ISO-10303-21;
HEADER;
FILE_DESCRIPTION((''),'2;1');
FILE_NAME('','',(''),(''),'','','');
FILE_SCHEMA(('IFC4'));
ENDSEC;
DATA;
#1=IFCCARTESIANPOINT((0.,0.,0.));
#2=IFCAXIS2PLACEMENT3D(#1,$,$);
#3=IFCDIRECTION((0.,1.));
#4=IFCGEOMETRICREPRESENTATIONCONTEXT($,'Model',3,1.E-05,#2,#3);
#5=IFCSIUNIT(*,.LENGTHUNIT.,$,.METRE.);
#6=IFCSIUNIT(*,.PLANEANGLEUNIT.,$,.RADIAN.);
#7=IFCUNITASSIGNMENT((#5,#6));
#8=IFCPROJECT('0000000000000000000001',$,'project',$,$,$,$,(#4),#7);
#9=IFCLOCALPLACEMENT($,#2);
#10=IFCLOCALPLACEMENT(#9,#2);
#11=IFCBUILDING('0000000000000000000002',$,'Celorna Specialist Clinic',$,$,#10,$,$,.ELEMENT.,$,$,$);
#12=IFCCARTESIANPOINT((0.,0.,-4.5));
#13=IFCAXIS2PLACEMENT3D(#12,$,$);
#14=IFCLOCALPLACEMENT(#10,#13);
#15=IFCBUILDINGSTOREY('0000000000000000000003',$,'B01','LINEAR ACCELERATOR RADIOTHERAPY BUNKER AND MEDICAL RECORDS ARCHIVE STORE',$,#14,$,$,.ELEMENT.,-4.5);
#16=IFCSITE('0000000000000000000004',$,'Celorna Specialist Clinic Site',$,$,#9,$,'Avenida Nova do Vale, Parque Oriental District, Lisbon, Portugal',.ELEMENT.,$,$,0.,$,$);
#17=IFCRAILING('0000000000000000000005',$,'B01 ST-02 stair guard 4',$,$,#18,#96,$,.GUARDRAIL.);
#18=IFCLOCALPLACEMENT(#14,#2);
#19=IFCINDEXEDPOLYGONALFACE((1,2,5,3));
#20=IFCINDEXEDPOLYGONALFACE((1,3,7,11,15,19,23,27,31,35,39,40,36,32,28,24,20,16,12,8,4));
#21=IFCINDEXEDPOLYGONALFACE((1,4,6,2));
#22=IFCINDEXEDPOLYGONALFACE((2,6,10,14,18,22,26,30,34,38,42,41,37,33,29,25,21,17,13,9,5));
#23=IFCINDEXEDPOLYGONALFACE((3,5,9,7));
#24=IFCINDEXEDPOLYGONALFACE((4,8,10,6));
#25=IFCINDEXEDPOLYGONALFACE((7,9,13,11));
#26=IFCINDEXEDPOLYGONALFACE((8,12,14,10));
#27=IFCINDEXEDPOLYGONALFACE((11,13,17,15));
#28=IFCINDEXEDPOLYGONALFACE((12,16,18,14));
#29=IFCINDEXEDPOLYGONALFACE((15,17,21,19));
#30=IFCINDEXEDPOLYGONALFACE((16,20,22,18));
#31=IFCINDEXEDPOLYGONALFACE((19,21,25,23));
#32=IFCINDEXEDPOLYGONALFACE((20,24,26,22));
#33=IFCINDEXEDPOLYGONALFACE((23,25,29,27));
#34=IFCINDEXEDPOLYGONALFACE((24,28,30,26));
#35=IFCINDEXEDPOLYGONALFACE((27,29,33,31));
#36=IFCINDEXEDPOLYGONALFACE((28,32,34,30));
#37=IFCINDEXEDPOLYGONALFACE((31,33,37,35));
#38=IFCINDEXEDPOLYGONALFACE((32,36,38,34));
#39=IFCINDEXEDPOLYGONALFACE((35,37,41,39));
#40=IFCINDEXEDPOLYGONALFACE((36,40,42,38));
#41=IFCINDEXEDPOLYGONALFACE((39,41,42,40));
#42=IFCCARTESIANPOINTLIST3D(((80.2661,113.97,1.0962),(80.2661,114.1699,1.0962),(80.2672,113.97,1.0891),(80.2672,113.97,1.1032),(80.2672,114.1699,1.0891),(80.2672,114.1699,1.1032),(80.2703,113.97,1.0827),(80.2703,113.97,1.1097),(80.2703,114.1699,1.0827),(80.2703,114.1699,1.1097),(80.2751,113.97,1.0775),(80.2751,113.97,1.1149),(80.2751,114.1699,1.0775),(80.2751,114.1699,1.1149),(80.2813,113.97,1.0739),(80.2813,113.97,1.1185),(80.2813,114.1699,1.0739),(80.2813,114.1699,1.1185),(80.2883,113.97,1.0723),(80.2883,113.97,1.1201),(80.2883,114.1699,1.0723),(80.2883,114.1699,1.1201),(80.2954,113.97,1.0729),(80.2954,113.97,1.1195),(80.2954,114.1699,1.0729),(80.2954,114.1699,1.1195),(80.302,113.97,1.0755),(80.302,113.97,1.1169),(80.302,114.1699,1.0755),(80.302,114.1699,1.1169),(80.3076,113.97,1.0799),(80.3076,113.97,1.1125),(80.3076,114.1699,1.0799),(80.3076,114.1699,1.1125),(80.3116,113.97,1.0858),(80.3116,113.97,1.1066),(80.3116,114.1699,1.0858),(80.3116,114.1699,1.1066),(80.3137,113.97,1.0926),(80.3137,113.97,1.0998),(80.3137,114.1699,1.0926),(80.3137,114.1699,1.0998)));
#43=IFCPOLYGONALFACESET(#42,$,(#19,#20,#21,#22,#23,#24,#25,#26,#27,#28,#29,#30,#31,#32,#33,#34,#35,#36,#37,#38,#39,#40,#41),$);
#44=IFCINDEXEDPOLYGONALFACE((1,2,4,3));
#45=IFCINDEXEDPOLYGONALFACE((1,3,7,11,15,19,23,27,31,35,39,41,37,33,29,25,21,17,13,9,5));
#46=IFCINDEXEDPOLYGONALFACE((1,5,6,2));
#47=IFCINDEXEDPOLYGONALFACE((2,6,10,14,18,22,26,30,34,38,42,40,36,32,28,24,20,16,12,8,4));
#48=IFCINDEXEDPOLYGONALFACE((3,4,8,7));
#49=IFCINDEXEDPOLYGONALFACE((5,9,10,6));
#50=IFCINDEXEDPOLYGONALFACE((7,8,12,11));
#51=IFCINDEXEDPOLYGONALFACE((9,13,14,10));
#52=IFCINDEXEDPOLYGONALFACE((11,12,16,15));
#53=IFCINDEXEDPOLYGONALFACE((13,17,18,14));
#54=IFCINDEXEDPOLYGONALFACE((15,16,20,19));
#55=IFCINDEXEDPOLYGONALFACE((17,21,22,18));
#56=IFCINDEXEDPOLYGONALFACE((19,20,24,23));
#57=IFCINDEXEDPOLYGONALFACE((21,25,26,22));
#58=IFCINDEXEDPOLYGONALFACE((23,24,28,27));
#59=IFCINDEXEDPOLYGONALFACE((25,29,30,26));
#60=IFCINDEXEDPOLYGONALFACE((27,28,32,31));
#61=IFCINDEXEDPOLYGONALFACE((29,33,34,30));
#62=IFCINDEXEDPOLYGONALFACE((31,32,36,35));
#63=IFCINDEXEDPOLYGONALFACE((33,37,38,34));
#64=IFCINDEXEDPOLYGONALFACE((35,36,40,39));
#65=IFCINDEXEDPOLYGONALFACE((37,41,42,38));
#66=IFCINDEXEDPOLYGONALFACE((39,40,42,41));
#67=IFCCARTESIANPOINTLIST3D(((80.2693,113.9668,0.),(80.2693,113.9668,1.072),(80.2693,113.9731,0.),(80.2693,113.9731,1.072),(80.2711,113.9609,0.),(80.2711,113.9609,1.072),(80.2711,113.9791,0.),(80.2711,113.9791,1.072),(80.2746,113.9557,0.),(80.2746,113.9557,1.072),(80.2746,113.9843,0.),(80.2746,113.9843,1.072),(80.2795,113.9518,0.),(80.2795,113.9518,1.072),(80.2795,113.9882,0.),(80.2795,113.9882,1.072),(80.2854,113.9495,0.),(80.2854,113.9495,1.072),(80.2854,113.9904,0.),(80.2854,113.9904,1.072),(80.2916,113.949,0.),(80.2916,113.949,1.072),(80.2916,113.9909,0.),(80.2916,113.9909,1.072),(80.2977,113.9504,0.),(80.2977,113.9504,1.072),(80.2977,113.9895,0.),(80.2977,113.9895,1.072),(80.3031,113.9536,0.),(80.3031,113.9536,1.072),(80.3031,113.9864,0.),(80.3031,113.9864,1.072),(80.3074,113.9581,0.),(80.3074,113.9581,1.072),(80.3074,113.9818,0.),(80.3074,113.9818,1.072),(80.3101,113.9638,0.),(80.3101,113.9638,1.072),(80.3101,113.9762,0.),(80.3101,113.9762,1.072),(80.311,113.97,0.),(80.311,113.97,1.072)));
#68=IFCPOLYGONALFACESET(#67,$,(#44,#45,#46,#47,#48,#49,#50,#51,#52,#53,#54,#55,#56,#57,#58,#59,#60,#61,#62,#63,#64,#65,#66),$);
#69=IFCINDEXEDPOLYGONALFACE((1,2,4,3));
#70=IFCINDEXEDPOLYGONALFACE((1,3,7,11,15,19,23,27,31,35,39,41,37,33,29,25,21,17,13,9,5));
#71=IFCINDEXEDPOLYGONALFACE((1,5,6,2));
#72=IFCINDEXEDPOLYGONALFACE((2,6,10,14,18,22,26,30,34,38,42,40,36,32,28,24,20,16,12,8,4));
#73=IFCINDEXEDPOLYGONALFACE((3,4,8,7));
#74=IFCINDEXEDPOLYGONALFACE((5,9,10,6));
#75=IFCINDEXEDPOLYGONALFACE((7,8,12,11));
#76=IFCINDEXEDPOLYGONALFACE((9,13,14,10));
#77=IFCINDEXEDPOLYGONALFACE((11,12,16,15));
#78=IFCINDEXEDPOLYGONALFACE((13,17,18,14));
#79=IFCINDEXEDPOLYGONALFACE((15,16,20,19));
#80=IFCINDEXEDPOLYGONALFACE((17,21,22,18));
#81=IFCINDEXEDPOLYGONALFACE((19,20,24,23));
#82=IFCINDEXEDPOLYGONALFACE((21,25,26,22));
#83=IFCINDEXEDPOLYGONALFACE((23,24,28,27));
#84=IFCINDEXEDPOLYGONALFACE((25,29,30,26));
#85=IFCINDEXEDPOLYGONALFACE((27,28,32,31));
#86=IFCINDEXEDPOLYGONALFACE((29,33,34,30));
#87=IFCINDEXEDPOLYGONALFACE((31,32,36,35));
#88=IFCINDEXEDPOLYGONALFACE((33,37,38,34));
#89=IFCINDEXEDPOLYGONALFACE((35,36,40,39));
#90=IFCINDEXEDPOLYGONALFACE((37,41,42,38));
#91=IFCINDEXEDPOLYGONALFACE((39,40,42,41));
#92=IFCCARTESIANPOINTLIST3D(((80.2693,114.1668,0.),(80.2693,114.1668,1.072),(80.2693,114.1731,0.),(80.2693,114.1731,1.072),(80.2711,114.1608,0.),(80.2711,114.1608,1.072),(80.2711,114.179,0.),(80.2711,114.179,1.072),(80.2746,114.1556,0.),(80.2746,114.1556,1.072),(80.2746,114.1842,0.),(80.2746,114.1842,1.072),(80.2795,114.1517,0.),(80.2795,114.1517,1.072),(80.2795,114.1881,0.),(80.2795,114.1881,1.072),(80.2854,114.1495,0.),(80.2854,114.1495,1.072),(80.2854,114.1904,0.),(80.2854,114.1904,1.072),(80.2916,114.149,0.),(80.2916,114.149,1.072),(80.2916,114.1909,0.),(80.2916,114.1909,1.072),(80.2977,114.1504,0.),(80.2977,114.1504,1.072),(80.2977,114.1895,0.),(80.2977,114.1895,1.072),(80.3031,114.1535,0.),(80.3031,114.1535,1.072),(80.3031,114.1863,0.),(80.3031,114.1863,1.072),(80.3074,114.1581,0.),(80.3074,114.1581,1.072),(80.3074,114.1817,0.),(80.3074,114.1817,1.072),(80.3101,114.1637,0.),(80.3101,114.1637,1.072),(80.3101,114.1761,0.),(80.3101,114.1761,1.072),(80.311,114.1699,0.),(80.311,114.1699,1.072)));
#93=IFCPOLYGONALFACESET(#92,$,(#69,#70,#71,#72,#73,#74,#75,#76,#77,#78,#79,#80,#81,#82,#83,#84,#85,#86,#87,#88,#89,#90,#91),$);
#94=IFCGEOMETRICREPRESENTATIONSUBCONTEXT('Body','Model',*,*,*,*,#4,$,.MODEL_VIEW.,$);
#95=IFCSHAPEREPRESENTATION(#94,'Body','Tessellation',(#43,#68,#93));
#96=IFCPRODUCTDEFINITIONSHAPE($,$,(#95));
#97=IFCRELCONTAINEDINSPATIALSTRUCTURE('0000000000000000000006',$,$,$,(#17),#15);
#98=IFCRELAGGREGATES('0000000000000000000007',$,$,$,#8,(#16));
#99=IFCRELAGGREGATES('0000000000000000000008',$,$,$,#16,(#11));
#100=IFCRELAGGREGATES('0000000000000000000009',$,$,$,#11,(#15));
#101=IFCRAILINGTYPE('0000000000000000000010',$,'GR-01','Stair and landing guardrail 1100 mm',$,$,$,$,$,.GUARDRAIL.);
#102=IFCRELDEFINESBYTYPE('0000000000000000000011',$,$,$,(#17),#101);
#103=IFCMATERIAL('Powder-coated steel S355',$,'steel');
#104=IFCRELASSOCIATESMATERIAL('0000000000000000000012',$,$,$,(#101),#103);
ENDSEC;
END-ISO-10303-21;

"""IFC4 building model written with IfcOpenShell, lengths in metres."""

from ifc_helpers import new_model, si_unit, direction, frame, origin, origin_2d, place, context, subcontext, project, spatial, circle, extrude, material, type_object, element, save


model = new_model("IFC4")

# Units and contexts
model_context = context("Model", 3, precision=1e-05, world=origin(), true_north=direction((0.0, 1.0)))
body_context = subcontext(model_context, "Body", "Model", "MODEL_VIEW")
ifc_project = project(units=[si_unit("LENGTHUNIT", "METRE"), si_unit("PLANEANGLEUNIT", "RADIAN")], contexts=[model_context])

# Site, building, storey
site_placement = place(None, origin())
site = spatial("IfcSite", under=ifc_project, at=site_placement, Name="Celorna Specialist Clinic Site", LongName="Avenida Nova do Vale, Parque Oriental District, Lisbon, Portugal", CompositionType="ELEMENT", RefElevation=0.0)
building_placement = place(site_placement, origin())
building = spatial("IfcBuilding", under=site, at=building_placement, Name="Celorna Specialist Clinic", CompositionType="ELEMENT")
storey_placement = place(building_placement, frame((0.0, 0.0, -4.5)))
storey = spatial("IfcBuildingStorey", under=building, at=storey_placement, Name="B01", Description="LINEAR ACCELERATOR RADIOTHERAPY BUNKER AND MEDICAL RECORDS ARCHIVE STORE", CompositionType="ELEMENT", Elevation=-4.5)

# Railing
ifc_material_1 = material(Name="Powder-coated steel S355", Category="steel")
railing_type_1 = type_object("IfcRailingType", Name="GR-01", Description="Stair and landing guardrail 1100 mm", PredefinedType="GUARDRAIL", material=ifc_material_1)
railing_1_placement = place(storey_placement, frame((80.29, 113.97, 0.0)))
element("IfcRailing", 1, at=railing_1_placement, inside=storey, type_object=railing_type_1, Name="B01 ST-02 stair guard 4", PredefinedType="GUARDRAIL", context=body_context, shape_type="SweptSolid", body=[
    extrude(circle(Radius=0.0239, at=origin_2d()), frame((0.0, 0.0, 1.0962), z_axis=(0.0, 1.0, 0.0), x_axis=(-1.0, 0.0, 0.0)), (0.0, 0.0, 1.0), 0.2),
    extrude(circle(Radius=0.021, at=origin_2d()), origin(), (0.0, 0.0, 1.0), 1.072),
    extrude(circle(Radius=0.021, at=origin_2d()), frame((0.0, 0.2, 0.0)), (0.0, 0.0, 1.0), 1.072),
])

save(model, "model.ifc")
